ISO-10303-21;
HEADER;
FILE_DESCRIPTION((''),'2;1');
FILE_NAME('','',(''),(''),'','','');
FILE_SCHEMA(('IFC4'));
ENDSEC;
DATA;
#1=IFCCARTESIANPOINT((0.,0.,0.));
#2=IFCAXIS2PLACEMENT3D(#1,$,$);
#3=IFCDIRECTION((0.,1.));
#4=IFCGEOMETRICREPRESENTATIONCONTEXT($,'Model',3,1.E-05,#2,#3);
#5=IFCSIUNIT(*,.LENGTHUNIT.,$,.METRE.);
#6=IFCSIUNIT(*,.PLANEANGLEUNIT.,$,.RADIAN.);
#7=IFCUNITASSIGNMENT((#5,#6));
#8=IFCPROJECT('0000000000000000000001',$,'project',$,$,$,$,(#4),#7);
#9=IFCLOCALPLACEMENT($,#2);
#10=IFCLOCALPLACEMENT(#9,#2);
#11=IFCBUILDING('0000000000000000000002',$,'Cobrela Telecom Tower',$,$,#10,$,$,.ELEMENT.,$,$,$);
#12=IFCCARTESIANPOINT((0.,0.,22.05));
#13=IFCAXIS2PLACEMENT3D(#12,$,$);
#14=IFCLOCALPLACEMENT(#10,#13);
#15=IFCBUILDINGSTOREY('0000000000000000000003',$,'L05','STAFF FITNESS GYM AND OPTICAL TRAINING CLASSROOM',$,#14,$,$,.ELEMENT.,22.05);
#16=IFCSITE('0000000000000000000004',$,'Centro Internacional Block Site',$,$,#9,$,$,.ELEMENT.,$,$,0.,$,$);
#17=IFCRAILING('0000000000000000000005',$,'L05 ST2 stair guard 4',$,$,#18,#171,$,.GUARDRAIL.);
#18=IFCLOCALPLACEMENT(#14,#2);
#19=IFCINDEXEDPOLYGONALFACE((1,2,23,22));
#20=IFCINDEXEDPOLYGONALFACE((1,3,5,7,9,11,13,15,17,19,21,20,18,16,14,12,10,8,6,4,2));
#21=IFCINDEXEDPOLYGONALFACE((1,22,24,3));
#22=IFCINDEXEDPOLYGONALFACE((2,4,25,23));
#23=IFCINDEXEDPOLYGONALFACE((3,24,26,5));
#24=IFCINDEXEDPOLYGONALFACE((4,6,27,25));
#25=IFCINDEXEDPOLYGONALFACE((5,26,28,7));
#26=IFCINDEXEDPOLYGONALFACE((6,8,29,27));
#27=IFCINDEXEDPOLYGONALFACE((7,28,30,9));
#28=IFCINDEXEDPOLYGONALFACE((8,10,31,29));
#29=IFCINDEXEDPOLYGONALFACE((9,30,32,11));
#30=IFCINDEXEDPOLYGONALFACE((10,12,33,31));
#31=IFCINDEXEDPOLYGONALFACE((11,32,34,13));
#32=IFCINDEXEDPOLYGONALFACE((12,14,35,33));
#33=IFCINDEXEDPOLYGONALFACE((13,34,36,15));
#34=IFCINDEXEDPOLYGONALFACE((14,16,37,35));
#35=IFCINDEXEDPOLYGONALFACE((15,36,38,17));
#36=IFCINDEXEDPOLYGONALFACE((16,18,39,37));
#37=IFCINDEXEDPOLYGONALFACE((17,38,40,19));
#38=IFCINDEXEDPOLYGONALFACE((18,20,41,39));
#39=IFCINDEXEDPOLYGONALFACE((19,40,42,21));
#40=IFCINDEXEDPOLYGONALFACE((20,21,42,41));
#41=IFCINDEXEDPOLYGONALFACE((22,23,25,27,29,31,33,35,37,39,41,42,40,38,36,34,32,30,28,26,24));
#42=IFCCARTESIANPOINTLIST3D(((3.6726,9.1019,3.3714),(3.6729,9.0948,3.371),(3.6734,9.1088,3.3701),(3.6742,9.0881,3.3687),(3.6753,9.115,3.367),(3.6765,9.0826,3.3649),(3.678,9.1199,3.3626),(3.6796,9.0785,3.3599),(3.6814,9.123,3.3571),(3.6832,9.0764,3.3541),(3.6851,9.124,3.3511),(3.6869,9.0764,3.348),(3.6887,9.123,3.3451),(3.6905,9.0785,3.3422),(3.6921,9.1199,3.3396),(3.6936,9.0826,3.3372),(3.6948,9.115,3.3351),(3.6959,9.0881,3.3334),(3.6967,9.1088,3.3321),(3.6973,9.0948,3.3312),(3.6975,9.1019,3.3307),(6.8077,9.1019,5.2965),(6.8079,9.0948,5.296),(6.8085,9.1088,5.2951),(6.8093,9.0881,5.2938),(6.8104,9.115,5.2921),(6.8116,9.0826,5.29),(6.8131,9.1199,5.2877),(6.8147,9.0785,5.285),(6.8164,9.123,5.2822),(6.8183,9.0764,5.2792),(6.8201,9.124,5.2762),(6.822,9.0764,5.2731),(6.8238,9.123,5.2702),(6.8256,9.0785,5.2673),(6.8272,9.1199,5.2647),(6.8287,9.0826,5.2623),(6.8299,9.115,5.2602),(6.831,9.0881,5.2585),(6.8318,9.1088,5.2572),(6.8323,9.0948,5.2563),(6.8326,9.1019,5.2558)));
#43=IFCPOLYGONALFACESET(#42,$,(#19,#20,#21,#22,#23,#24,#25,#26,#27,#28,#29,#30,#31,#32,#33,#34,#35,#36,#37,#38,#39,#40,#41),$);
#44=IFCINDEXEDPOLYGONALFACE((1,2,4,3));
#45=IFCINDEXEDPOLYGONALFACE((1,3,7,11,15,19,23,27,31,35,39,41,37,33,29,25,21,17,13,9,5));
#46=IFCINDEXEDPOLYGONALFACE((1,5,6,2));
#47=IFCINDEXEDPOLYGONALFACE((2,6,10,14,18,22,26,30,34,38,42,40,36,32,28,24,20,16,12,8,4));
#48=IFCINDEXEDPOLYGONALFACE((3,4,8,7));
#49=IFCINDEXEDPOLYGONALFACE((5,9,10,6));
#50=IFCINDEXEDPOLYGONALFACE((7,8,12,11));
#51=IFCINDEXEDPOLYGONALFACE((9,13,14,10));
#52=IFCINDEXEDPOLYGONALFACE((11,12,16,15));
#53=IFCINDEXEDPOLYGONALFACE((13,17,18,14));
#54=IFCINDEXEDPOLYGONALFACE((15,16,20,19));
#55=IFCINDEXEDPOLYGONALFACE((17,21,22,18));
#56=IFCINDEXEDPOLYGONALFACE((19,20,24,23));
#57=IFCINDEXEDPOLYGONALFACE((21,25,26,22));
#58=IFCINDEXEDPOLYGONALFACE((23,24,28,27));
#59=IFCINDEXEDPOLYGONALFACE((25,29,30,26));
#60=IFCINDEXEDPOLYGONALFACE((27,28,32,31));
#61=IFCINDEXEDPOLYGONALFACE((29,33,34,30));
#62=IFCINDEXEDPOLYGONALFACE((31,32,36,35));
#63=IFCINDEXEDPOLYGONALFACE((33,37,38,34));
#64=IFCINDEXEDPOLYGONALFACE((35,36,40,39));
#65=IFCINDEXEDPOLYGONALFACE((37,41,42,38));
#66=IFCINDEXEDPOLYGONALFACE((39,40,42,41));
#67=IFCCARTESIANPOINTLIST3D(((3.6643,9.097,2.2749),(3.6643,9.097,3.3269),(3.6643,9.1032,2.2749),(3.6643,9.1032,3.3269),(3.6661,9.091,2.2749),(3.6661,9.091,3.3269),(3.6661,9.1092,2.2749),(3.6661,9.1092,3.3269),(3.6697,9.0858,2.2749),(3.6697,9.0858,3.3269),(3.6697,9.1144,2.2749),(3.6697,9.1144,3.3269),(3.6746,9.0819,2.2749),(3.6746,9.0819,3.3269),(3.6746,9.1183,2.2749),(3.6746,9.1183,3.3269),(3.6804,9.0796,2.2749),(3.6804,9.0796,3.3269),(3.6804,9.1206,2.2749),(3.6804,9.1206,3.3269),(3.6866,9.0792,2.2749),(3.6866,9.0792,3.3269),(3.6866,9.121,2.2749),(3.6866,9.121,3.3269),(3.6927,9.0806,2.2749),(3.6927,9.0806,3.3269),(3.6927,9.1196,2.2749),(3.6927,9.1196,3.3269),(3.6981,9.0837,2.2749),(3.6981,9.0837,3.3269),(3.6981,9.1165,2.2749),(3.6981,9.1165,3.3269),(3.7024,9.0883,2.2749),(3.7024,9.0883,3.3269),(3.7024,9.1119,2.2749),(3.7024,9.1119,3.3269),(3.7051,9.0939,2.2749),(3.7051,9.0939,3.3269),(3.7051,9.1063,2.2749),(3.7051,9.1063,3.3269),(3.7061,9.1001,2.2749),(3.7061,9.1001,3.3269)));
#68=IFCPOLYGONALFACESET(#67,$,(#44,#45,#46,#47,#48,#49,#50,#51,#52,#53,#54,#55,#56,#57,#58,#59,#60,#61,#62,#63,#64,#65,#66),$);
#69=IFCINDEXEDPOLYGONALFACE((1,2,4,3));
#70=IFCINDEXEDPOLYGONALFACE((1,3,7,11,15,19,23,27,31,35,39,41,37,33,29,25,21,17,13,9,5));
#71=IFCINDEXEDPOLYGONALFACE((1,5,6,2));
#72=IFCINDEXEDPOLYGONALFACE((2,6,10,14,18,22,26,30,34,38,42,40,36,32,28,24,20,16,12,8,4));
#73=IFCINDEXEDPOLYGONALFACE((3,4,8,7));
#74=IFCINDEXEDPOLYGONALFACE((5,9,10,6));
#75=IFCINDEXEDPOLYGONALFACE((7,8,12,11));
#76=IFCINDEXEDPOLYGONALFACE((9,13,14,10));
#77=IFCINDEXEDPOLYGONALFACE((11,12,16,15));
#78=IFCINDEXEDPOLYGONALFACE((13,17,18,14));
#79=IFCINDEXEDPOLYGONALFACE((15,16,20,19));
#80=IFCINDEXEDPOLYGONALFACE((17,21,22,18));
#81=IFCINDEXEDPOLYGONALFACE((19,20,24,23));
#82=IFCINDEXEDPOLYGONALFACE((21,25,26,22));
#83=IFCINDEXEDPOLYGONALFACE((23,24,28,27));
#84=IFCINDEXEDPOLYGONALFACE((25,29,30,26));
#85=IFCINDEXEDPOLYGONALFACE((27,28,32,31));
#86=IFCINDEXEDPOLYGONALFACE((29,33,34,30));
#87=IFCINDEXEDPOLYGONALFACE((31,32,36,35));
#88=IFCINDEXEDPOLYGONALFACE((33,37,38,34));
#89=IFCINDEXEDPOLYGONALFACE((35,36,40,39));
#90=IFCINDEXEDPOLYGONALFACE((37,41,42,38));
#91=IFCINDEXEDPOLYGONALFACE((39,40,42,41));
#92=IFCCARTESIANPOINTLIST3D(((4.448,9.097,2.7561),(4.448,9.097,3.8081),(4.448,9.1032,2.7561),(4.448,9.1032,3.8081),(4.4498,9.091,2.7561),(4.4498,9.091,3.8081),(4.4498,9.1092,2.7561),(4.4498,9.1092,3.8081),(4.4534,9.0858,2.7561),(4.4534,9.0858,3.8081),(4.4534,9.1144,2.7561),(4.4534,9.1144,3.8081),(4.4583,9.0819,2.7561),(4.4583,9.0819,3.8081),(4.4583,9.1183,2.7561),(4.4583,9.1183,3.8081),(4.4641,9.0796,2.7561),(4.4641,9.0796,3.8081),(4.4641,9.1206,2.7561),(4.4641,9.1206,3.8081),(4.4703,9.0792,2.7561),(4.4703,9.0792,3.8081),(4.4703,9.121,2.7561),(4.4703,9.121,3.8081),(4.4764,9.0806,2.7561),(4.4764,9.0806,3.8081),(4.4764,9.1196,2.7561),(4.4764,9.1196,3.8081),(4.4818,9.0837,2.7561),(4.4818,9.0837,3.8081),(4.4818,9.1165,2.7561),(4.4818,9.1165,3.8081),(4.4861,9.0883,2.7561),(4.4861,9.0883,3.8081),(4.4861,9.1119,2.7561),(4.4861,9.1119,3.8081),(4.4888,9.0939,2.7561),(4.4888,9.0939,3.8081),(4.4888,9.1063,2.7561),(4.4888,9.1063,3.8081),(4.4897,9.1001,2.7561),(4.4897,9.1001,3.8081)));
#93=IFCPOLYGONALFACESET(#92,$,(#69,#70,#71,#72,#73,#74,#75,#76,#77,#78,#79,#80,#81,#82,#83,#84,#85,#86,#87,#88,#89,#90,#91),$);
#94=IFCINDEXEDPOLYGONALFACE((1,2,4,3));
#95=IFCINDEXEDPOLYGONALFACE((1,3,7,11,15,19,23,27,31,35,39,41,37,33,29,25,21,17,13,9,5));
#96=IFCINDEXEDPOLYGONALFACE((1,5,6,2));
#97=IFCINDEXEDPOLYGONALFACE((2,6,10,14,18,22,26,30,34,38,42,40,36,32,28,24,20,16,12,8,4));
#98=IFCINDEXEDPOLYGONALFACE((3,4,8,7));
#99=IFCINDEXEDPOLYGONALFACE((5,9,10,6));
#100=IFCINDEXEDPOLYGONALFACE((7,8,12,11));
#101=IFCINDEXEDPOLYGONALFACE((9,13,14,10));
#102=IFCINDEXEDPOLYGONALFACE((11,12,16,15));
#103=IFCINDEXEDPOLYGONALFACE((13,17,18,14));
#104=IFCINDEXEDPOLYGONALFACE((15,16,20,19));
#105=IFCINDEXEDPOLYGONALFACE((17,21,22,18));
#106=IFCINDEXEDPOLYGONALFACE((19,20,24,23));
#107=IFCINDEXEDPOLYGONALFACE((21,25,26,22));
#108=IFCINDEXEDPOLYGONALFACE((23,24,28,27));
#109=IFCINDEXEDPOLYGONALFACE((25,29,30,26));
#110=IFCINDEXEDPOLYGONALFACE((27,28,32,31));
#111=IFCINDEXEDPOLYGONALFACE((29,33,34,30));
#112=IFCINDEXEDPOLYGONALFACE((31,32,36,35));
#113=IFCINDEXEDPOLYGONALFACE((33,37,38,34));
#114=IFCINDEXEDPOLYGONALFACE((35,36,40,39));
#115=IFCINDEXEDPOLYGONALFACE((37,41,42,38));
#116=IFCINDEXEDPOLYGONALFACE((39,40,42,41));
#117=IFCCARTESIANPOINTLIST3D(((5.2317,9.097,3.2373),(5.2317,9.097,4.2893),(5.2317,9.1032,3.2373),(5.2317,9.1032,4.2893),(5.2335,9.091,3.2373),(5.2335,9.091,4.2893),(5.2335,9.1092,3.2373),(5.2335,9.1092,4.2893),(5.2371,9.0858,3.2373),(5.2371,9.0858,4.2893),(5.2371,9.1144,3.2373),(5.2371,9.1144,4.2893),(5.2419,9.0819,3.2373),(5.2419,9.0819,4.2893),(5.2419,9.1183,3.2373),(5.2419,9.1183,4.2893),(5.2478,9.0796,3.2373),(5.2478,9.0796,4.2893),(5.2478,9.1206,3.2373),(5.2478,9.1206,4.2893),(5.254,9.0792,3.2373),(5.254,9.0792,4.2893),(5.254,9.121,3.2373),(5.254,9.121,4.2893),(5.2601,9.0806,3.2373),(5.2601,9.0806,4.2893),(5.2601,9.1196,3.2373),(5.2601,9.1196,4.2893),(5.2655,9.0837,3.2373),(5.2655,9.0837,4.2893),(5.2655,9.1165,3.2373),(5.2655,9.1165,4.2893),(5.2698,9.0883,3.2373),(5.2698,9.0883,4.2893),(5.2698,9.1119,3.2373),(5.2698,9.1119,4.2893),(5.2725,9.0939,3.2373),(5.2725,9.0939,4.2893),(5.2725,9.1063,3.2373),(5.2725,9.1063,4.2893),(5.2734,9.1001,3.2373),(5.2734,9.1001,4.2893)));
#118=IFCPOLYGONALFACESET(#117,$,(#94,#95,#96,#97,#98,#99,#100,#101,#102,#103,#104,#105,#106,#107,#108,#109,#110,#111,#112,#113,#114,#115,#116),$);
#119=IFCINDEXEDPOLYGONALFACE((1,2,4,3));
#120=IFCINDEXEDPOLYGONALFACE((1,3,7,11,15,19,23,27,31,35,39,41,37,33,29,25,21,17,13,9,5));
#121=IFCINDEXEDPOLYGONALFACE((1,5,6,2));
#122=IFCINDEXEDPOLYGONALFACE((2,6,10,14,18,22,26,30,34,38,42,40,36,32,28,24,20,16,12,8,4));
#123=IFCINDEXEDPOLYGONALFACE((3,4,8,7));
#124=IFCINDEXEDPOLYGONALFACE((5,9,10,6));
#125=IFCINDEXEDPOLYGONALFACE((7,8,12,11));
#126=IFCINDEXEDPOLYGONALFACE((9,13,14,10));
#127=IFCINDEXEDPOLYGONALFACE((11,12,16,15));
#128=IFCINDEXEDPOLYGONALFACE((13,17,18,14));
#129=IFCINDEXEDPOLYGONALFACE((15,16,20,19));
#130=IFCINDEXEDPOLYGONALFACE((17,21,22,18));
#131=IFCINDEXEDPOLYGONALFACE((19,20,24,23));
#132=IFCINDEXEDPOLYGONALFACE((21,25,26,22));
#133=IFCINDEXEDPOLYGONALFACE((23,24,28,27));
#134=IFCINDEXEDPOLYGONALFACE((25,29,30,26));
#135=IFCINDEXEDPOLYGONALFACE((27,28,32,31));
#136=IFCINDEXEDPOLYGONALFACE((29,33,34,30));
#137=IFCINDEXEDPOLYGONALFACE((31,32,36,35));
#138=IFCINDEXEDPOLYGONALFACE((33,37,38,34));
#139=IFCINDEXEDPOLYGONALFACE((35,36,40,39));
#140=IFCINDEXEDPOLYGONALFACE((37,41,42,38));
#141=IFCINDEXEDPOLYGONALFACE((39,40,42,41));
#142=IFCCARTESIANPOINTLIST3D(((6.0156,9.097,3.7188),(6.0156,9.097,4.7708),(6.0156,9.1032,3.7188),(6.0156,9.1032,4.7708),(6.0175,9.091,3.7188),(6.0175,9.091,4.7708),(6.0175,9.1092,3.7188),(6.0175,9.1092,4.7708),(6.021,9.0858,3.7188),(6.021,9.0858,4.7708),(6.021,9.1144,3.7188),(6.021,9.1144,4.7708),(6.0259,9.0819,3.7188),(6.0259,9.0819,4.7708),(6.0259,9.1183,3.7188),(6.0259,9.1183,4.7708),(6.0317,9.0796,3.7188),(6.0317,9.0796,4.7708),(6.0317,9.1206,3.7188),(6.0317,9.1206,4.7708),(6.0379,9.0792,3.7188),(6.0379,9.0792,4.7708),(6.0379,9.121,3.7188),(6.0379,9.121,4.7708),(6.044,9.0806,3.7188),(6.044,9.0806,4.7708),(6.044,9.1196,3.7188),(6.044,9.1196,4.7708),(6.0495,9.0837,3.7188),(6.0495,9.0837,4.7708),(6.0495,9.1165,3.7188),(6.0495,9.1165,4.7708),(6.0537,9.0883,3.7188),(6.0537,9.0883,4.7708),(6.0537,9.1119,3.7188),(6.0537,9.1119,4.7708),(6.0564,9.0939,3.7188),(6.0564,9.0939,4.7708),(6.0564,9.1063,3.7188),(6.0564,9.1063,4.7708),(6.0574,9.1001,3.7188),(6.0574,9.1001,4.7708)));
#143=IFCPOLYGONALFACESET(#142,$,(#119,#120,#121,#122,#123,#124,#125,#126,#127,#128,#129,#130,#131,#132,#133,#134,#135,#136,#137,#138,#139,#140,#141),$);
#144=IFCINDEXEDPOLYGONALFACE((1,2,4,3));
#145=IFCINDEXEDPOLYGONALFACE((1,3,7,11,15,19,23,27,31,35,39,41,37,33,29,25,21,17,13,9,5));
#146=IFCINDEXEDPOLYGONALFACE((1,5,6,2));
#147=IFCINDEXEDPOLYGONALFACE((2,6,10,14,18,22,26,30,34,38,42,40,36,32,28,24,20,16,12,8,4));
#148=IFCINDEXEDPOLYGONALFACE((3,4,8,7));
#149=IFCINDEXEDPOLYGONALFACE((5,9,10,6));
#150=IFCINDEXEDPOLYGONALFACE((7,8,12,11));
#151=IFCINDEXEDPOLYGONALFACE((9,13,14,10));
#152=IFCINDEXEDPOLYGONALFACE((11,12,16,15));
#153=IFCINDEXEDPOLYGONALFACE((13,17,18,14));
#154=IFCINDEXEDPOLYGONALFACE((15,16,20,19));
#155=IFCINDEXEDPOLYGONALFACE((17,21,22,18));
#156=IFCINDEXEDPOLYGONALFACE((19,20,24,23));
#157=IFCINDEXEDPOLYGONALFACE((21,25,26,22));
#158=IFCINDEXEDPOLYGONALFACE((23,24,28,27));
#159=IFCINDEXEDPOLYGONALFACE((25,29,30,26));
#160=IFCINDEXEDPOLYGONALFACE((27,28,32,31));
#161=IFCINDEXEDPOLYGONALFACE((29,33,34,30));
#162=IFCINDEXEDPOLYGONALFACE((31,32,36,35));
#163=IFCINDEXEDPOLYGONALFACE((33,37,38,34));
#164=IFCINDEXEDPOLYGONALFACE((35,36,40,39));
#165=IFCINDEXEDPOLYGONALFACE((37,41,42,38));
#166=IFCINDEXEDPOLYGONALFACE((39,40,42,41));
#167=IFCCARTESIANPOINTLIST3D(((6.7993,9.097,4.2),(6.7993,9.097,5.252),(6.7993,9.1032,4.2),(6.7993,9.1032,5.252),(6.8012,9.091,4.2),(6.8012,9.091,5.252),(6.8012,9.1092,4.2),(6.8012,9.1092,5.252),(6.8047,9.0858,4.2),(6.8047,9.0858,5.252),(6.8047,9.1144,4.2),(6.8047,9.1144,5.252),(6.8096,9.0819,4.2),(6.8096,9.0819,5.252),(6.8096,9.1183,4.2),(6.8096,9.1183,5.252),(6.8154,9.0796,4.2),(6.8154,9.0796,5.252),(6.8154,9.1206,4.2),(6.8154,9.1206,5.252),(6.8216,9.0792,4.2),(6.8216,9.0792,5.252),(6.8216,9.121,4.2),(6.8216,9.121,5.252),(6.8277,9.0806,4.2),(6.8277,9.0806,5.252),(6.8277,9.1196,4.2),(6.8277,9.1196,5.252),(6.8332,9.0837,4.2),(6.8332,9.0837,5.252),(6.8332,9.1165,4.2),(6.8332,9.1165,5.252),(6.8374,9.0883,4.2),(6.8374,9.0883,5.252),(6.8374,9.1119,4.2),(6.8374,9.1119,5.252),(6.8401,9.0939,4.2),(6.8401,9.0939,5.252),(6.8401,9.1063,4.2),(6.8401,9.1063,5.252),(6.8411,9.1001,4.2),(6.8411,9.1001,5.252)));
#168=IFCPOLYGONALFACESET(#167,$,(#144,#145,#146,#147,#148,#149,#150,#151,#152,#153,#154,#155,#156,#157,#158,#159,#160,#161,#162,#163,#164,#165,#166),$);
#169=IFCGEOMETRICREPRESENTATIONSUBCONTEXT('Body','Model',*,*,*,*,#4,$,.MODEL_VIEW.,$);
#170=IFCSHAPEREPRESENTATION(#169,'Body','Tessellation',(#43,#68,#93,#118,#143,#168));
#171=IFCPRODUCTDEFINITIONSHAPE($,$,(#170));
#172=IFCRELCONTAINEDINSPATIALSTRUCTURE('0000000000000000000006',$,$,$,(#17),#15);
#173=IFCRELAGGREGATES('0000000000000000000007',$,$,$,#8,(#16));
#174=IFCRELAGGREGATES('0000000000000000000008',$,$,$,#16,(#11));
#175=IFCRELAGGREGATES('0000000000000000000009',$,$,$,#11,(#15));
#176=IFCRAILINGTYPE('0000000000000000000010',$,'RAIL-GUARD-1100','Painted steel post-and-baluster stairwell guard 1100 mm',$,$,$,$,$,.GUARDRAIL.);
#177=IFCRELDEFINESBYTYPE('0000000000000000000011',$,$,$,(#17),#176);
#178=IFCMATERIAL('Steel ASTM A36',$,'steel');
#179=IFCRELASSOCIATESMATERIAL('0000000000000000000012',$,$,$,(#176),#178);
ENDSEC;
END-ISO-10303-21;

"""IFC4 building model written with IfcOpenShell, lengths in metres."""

from ifc_helpers import new_model, si_unit, direction, frame, origin, origin_2d, place, context, subcontext, project, spatial, circle, extrude, material, type_object, element, save


model = new_model("IFC4")

# Units and contexts
model_context = context("Model", 3, precision=1e-05, world=origin(), true_north=direction((0.0, 1.0)))
body_context = subcontext(model_context, "Body", "Model", "MODEL_VIEW")
ifc_project = project(units=[si_unit("LENGTHUNIT", "METRE"), si_unit("PLANEANGLEUNIT", "RADIAN")], contexts=[model_context])

# Site, building, storey
site_placement = place(None, origin())
site = spatial("IfcSite", under=ifc_project, at=site_placement, Name="Centro Internacional Block Site", CompositionType="ELEMENT", RefElevation=0.0)
building_placement = place(site_placement, origin())
building = spatial("IfcBuilding", under=site, at=building_placement, Name="Cobrela Telecom Tower", CompositionType="ELEMENT")
storey_placement = place(building_placement, frame((0.0, 0.0, 22.05)))
storey = spatial("IfcBuildingStorey", under=building, at=storey_placement, Name="L05", Description="STAFF FITNESS GYM AND OPTICAL TRAINING CLASSROOM", CompositionType="ELEMENT", Elevation=22.05)

# Shared definitions
ifc_material_1 = material(Name="Steel ASTM A36", Category="steel")

# Railing
railing_type_1 = type_object("IfcRailingType", Name="RAIL-GUARD-1100", Description="Painted steel post-and-baluster stairwell guard 1100 mm", PredefinedType="GUARDRAIL", material=ifc_material_1)
railing_1_placement = place(storey_placement, frame((3.6851, 9.1001, 2.2749)))
element("IfcRailing", 1, at=railing_1_placement, inside=storey, type_object=railing_type_1, Name="L05 ST2 stair guard 4", PredefinedType="GUARDRAIL", context=body_context, shape_type="SweptSolid", body=[
    extrude(circle(Radius=0.0239, at=origin_2d()), frame((0.0, 0.0, 1.0762), z_axis=(0.852166, 0.0, 0.523271), x_axis=(0.0, 1.0, 0.0)), (0.0, 0.0, 1.0), 3.679),
    extrude(circle(Radius=0.021, at=origin_2d()), origin(), (0.0, 0.0, 1.0), 1.052),
    extrude(circle(Radius=0.021, at=origin_2d()), frame((0.7837, 0.0, 0.4812)), (0.0, 0.0, 1.0), 1.052),
    extrude(circle(Radius=0.021, at=origin_2d()), frame((1.5674, 0.0, 0.9624)), (0.0, 0.0, 1.0), 1.052),
    extrude(circle(Radius=0.021, at=origin_2d()), frame((2.3513, 0.0, 1.4438)), (0.0, 0.0, 1.0), 1.052),
    extrude(circle(Radius=0.021, at=origin_2d()), frame((3.135, 0.0, 1.925)), (0.0, 0.0, 1.0), 1.052),
])

save(model, "model.ifc")
